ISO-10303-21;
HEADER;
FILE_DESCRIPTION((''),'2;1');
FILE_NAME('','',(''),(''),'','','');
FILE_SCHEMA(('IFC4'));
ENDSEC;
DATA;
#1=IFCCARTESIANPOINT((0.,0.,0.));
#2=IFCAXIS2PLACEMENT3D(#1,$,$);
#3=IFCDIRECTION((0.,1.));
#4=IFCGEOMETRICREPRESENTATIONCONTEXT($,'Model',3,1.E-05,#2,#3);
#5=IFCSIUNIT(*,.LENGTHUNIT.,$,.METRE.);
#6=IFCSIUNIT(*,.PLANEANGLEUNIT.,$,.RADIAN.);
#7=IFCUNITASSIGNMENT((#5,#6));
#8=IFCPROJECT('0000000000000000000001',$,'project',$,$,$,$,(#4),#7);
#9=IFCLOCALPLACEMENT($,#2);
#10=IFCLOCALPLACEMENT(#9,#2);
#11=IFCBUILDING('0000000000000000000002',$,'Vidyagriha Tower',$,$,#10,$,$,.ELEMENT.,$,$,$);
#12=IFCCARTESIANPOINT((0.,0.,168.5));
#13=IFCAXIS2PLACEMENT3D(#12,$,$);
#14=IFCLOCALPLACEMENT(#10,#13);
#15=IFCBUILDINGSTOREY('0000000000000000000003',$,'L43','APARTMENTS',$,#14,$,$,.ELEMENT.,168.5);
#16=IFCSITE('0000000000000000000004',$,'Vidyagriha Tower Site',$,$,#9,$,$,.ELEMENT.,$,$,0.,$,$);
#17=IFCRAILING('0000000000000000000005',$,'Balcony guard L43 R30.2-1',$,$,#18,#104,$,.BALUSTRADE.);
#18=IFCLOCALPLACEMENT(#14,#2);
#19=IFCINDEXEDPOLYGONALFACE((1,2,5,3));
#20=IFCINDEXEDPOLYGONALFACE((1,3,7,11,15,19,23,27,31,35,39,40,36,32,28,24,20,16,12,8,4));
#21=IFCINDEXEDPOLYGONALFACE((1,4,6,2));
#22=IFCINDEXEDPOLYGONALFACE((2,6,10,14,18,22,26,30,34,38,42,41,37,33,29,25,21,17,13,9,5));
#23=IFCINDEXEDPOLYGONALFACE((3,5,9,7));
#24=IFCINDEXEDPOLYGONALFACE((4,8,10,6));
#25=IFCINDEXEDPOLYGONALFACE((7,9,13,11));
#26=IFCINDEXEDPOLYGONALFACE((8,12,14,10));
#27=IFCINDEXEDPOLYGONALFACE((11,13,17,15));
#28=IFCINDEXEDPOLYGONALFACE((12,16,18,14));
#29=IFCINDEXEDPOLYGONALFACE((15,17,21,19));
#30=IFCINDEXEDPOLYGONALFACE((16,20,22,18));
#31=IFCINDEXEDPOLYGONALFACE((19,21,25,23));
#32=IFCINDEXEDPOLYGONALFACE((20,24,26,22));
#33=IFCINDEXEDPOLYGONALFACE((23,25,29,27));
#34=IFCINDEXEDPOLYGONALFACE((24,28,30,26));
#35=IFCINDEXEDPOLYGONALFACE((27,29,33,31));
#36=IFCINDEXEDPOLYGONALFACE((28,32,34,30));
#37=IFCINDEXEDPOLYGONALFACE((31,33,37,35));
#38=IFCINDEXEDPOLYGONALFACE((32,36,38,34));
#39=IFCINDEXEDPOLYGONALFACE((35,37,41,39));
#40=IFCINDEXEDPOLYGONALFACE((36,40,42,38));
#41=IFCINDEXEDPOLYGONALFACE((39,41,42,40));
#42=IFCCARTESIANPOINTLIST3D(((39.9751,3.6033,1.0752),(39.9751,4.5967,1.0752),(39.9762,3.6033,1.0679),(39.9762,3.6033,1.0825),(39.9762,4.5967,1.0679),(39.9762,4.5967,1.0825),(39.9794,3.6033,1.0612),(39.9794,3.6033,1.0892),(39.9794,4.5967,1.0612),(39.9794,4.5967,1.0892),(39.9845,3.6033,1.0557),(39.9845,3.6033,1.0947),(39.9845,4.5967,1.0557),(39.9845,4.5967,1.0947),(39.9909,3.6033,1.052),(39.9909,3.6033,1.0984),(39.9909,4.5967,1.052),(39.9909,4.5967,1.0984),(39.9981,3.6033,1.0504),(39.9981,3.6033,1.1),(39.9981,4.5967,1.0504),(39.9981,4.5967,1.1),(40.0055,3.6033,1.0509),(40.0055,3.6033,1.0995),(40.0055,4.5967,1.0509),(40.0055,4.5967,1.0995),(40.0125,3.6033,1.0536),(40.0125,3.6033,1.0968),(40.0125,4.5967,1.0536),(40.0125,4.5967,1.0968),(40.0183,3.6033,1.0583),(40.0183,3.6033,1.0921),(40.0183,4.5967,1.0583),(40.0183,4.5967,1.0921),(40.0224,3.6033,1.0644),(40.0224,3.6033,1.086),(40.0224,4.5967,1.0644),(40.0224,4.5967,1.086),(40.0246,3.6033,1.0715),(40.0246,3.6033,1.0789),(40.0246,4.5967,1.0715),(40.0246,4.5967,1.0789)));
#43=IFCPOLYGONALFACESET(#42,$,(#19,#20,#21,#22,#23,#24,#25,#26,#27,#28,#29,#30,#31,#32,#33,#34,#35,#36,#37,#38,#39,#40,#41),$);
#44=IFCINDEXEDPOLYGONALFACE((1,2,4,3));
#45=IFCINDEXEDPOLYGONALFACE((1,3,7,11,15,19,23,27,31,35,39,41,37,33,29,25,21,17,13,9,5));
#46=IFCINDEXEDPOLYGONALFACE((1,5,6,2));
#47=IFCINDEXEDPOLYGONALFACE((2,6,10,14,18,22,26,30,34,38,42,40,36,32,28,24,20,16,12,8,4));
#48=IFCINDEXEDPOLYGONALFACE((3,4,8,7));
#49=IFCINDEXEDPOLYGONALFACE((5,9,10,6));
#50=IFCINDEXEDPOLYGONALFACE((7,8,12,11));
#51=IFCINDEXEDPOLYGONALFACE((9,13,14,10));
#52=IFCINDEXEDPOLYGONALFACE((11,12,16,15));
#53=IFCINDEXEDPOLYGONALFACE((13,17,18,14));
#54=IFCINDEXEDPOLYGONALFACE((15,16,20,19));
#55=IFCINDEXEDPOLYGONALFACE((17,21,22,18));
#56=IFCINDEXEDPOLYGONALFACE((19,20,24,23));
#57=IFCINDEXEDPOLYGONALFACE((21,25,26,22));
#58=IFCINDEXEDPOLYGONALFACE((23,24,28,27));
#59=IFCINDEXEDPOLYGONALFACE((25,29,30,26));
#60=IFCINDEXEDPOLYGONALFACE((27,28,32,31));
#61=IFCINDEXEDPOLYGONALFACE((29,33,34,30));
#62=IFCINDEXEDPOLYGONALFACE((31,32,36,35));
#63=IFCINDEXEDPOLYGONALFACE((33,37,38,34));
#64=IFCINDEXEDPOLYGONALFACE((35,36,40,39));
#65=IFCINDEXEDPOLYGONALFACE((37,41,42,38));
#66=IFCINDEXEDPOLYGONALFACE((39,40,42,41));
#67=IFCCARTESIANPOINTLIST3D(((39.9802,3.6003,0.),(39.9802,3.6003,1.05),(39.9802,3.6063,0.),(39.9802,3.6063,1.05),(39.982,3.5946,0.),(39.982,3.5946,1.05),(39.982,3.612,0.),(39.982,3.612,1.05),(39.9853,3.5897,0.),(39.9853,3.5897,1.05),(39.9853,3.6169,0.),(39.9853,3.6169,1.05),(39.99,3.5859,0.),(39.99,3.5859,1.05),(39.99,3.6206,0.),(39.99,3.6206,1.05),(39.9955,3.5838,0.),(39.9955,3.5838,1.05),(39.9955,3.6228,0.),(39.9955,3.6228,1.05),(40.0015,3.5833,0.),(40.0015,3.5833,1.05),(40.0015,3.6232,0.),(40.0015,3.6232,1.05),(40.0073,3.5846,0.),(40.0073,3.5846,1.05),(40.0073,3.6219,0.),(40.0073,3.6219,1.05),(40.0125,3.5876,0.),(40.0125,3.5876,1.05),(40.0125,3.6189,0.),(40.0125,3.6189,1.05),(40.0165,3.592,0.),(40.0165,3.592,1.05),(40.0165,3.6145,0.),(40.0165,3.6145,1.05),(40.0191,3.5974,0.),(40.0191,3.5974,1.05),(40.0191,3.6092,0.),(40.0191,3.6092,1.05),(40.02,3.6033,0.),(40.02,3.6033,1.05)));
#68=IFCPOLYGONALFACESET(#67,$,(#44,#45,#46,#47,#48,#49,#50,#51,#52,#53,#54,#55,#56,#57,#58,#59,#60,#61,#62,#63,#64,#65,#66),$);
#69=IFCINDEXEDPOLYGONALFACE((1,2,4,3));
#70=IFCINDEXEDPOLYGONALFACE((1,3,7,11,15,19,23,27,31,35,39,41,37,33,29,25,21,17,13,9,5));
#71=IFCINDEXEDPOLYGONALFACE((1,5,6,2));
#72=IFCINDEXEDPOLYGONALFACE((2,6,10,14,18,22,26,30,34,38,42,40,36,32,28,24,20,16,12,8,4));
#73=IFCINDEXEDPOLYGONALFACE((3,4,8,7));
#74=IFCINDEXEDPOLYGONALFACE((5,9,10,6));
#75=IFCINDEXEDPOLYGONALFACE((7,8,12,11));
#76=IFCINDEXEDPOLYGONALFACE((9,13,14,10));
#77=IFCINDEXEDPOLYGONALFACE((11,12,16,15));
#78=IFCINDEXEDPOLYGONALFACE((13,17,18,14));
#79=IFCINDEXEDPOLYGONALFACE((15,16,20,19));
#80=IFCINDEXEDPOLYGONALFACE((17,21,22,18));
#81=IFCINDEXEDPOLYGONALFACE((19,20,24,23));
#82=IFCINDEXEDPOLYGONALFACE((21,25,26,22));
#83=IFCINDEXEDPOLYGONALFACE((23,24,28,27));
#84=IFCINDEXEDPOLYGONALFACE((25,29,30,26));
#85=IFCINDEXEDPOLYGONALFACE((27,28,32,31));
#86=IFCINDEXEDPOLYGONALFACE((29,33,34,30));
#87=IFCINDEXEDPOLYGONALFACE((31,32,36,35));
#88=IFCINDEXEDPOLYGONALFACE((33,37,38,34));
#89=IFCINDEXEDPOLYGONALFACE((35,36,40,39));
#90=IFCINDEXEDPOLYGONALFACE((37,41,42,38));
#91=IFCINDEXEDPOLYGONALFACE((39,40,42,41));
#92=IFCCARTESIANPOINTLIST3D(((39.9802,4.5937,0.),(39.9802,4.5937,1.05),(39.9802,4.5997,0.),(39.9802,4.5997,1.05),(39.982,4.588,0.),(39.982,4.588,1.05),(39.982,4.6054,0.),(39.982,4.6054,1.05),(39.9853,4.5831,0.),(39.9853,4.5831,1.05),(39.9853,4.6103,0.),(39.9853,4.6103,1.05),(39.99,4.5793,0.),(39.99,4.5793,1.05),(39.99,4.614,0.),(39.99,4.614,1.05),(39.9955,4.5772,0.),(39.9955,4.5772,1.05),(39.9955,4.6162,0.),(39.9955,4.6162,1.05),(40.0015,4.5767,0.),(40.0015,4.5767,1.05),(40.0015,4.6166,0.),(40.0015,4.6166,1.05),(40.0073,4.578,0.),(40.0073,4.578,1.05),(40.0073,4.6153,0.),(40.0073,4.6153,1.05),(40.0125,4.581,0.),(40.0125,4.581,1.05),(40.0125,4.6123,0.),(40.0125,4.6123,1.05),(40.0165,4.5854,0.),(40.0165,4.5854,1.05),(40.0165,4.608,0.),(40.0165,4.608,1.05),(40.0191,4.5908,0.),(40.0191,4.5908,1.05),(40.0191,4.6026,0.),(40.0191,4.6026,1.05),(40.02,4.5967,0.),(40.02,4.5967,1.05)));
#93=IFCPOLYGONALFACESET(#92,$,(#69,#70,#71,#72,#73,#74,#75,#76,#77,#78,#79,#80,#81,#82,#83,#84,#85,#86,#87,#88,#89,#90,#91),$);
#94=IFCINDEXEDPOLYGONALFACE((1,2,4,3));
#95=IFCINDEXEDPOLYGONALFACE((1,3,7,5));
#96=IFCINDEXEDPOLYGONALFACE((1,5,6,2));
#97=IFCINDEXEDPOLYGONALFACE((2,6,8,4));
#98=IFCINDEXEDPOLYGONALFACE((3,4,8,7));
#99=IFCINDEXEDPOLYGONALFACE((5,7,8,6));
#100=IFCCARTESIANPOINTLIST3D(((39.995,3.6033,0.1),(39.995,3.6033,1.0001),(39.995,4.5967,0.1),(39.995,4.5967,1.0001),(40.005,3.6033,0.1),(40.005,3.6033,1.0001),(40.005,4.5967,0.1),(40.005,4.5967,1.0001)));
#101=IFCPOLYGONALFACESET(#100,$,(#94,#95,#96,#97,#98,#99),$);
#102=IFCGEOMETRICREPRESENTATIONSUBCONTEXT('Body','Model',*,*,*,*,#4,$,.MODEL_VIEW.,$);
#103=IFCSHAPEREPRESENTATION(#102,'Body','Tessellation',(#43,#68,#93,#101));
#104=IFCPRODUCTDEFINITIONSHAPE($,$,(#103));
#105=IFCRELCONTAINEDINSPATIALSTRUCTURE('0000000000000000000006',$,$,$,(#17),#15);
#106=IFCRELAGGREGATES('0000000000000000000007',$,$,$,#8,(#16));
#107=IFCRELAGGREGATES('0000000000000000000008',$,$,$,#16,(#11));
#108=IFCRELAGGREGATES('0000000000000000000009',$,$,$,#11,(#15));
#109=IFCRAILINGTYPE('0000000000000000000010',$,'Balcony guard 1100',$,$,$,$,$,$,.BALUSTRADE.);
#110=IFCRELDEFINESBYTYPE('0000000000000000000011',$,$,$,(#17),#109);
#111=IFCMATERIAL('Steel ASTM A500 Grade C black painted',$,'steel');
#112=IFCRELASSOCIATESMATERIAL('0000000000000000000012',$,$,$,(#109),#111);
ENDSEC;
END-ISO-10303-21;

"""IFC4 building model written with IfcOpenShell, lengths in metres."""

from ifc_helpers import new_model, si_unit, direction, frame, origin, origin_2d, place, context, subcontext, project, spatial, rectangle, circle, extrude, material, type_object, element, save


model = new_model("IFC4")

# Units and contexts
model_context = context("Model", 3, precision=1e-05, world=origin(), true_north=direction((0.0, 1.0)))
body_context = subcontext(model_context, "Body", "Model", "MODEL_VIEW")
ifc_project = project(units=[si_unit("LENGTHUNIT", "METRE"), si_unit("PLANEANGLEUNIT", "RADIAN")], contexts=[model_context])

# Site, building, storey
site_placement = place(None, origin())
site = spatial("IfcSite", under=ifc_project, at=site_placement, Name="Vidyagriha Tower Site", CompositionType="ELEMENT", RefElevation=0.0)
building_placement = place(site_placement, origin())
building = spatial("IfcBuilding", under=site, at=building_placement, Name="Vidyagriha Tower", CompositionType="ELEMENT")
storey_placement = place(building_placement, frame((0.0, 0.0, 168.5)))
storey = spatial("IfcBuildingStorey", under=building, at=storey_placement, Name="L43", Description="APARTMENTS", CompositionType="ELEMENT", Elevation=168.5)

# Railing
ifc_material_1 = material(Name="Steel ASTM A500 Grade C black painted", Category="steel")
railing_type_1 = type_object("IfcRailingType", Name="Balcony guard 1100", PredefinedType="BALUSTRADE", material=ifc_material_1)
railing_1_placement = place(storey_placement, frame((40.0, 3.6033, 0.0)))
element("IfcRailing", 1, at=railing_1_placement, inside=storey, type_object=railing_type_1, Name="Balcony guard L43 R30.2-1", PredefinedType="BALUSTRADE", context=body_context, shape_type="SweptSolid", body=[
    extrude(circle(Radius=0.0249, at=origin_2d()), frame((0.0, 0.0, 1.0752), z_axis=(0.0, 1.0, 0.0), x_axis=(-1.0, 0.0, 0.0)), (0.0, 0.0, 1.0), 0.9934),
    extrude(circle(Radius=0.02, at=origin_2d()), origin(), (0.0, 0.0, 1.0), 1.05),
    extrude(circle(Radius=0.02, at=origin_2d()), frame((0.0, 0.9934, 0.0)), (0.0, 0.0, 1.0), 1.05),
    extrude(rectangle(XDim=0.01, YDim=0.9001, at=origin_2d()), frame((0.0, 0.0, 0.55), z_axis=(0.0, 1.0, 0.0), x_axis=(-1.0, 0.0, 0.0)), (0.0, 0.0, 1.0), 0.9934),
])

save(model, "model.ifc")
